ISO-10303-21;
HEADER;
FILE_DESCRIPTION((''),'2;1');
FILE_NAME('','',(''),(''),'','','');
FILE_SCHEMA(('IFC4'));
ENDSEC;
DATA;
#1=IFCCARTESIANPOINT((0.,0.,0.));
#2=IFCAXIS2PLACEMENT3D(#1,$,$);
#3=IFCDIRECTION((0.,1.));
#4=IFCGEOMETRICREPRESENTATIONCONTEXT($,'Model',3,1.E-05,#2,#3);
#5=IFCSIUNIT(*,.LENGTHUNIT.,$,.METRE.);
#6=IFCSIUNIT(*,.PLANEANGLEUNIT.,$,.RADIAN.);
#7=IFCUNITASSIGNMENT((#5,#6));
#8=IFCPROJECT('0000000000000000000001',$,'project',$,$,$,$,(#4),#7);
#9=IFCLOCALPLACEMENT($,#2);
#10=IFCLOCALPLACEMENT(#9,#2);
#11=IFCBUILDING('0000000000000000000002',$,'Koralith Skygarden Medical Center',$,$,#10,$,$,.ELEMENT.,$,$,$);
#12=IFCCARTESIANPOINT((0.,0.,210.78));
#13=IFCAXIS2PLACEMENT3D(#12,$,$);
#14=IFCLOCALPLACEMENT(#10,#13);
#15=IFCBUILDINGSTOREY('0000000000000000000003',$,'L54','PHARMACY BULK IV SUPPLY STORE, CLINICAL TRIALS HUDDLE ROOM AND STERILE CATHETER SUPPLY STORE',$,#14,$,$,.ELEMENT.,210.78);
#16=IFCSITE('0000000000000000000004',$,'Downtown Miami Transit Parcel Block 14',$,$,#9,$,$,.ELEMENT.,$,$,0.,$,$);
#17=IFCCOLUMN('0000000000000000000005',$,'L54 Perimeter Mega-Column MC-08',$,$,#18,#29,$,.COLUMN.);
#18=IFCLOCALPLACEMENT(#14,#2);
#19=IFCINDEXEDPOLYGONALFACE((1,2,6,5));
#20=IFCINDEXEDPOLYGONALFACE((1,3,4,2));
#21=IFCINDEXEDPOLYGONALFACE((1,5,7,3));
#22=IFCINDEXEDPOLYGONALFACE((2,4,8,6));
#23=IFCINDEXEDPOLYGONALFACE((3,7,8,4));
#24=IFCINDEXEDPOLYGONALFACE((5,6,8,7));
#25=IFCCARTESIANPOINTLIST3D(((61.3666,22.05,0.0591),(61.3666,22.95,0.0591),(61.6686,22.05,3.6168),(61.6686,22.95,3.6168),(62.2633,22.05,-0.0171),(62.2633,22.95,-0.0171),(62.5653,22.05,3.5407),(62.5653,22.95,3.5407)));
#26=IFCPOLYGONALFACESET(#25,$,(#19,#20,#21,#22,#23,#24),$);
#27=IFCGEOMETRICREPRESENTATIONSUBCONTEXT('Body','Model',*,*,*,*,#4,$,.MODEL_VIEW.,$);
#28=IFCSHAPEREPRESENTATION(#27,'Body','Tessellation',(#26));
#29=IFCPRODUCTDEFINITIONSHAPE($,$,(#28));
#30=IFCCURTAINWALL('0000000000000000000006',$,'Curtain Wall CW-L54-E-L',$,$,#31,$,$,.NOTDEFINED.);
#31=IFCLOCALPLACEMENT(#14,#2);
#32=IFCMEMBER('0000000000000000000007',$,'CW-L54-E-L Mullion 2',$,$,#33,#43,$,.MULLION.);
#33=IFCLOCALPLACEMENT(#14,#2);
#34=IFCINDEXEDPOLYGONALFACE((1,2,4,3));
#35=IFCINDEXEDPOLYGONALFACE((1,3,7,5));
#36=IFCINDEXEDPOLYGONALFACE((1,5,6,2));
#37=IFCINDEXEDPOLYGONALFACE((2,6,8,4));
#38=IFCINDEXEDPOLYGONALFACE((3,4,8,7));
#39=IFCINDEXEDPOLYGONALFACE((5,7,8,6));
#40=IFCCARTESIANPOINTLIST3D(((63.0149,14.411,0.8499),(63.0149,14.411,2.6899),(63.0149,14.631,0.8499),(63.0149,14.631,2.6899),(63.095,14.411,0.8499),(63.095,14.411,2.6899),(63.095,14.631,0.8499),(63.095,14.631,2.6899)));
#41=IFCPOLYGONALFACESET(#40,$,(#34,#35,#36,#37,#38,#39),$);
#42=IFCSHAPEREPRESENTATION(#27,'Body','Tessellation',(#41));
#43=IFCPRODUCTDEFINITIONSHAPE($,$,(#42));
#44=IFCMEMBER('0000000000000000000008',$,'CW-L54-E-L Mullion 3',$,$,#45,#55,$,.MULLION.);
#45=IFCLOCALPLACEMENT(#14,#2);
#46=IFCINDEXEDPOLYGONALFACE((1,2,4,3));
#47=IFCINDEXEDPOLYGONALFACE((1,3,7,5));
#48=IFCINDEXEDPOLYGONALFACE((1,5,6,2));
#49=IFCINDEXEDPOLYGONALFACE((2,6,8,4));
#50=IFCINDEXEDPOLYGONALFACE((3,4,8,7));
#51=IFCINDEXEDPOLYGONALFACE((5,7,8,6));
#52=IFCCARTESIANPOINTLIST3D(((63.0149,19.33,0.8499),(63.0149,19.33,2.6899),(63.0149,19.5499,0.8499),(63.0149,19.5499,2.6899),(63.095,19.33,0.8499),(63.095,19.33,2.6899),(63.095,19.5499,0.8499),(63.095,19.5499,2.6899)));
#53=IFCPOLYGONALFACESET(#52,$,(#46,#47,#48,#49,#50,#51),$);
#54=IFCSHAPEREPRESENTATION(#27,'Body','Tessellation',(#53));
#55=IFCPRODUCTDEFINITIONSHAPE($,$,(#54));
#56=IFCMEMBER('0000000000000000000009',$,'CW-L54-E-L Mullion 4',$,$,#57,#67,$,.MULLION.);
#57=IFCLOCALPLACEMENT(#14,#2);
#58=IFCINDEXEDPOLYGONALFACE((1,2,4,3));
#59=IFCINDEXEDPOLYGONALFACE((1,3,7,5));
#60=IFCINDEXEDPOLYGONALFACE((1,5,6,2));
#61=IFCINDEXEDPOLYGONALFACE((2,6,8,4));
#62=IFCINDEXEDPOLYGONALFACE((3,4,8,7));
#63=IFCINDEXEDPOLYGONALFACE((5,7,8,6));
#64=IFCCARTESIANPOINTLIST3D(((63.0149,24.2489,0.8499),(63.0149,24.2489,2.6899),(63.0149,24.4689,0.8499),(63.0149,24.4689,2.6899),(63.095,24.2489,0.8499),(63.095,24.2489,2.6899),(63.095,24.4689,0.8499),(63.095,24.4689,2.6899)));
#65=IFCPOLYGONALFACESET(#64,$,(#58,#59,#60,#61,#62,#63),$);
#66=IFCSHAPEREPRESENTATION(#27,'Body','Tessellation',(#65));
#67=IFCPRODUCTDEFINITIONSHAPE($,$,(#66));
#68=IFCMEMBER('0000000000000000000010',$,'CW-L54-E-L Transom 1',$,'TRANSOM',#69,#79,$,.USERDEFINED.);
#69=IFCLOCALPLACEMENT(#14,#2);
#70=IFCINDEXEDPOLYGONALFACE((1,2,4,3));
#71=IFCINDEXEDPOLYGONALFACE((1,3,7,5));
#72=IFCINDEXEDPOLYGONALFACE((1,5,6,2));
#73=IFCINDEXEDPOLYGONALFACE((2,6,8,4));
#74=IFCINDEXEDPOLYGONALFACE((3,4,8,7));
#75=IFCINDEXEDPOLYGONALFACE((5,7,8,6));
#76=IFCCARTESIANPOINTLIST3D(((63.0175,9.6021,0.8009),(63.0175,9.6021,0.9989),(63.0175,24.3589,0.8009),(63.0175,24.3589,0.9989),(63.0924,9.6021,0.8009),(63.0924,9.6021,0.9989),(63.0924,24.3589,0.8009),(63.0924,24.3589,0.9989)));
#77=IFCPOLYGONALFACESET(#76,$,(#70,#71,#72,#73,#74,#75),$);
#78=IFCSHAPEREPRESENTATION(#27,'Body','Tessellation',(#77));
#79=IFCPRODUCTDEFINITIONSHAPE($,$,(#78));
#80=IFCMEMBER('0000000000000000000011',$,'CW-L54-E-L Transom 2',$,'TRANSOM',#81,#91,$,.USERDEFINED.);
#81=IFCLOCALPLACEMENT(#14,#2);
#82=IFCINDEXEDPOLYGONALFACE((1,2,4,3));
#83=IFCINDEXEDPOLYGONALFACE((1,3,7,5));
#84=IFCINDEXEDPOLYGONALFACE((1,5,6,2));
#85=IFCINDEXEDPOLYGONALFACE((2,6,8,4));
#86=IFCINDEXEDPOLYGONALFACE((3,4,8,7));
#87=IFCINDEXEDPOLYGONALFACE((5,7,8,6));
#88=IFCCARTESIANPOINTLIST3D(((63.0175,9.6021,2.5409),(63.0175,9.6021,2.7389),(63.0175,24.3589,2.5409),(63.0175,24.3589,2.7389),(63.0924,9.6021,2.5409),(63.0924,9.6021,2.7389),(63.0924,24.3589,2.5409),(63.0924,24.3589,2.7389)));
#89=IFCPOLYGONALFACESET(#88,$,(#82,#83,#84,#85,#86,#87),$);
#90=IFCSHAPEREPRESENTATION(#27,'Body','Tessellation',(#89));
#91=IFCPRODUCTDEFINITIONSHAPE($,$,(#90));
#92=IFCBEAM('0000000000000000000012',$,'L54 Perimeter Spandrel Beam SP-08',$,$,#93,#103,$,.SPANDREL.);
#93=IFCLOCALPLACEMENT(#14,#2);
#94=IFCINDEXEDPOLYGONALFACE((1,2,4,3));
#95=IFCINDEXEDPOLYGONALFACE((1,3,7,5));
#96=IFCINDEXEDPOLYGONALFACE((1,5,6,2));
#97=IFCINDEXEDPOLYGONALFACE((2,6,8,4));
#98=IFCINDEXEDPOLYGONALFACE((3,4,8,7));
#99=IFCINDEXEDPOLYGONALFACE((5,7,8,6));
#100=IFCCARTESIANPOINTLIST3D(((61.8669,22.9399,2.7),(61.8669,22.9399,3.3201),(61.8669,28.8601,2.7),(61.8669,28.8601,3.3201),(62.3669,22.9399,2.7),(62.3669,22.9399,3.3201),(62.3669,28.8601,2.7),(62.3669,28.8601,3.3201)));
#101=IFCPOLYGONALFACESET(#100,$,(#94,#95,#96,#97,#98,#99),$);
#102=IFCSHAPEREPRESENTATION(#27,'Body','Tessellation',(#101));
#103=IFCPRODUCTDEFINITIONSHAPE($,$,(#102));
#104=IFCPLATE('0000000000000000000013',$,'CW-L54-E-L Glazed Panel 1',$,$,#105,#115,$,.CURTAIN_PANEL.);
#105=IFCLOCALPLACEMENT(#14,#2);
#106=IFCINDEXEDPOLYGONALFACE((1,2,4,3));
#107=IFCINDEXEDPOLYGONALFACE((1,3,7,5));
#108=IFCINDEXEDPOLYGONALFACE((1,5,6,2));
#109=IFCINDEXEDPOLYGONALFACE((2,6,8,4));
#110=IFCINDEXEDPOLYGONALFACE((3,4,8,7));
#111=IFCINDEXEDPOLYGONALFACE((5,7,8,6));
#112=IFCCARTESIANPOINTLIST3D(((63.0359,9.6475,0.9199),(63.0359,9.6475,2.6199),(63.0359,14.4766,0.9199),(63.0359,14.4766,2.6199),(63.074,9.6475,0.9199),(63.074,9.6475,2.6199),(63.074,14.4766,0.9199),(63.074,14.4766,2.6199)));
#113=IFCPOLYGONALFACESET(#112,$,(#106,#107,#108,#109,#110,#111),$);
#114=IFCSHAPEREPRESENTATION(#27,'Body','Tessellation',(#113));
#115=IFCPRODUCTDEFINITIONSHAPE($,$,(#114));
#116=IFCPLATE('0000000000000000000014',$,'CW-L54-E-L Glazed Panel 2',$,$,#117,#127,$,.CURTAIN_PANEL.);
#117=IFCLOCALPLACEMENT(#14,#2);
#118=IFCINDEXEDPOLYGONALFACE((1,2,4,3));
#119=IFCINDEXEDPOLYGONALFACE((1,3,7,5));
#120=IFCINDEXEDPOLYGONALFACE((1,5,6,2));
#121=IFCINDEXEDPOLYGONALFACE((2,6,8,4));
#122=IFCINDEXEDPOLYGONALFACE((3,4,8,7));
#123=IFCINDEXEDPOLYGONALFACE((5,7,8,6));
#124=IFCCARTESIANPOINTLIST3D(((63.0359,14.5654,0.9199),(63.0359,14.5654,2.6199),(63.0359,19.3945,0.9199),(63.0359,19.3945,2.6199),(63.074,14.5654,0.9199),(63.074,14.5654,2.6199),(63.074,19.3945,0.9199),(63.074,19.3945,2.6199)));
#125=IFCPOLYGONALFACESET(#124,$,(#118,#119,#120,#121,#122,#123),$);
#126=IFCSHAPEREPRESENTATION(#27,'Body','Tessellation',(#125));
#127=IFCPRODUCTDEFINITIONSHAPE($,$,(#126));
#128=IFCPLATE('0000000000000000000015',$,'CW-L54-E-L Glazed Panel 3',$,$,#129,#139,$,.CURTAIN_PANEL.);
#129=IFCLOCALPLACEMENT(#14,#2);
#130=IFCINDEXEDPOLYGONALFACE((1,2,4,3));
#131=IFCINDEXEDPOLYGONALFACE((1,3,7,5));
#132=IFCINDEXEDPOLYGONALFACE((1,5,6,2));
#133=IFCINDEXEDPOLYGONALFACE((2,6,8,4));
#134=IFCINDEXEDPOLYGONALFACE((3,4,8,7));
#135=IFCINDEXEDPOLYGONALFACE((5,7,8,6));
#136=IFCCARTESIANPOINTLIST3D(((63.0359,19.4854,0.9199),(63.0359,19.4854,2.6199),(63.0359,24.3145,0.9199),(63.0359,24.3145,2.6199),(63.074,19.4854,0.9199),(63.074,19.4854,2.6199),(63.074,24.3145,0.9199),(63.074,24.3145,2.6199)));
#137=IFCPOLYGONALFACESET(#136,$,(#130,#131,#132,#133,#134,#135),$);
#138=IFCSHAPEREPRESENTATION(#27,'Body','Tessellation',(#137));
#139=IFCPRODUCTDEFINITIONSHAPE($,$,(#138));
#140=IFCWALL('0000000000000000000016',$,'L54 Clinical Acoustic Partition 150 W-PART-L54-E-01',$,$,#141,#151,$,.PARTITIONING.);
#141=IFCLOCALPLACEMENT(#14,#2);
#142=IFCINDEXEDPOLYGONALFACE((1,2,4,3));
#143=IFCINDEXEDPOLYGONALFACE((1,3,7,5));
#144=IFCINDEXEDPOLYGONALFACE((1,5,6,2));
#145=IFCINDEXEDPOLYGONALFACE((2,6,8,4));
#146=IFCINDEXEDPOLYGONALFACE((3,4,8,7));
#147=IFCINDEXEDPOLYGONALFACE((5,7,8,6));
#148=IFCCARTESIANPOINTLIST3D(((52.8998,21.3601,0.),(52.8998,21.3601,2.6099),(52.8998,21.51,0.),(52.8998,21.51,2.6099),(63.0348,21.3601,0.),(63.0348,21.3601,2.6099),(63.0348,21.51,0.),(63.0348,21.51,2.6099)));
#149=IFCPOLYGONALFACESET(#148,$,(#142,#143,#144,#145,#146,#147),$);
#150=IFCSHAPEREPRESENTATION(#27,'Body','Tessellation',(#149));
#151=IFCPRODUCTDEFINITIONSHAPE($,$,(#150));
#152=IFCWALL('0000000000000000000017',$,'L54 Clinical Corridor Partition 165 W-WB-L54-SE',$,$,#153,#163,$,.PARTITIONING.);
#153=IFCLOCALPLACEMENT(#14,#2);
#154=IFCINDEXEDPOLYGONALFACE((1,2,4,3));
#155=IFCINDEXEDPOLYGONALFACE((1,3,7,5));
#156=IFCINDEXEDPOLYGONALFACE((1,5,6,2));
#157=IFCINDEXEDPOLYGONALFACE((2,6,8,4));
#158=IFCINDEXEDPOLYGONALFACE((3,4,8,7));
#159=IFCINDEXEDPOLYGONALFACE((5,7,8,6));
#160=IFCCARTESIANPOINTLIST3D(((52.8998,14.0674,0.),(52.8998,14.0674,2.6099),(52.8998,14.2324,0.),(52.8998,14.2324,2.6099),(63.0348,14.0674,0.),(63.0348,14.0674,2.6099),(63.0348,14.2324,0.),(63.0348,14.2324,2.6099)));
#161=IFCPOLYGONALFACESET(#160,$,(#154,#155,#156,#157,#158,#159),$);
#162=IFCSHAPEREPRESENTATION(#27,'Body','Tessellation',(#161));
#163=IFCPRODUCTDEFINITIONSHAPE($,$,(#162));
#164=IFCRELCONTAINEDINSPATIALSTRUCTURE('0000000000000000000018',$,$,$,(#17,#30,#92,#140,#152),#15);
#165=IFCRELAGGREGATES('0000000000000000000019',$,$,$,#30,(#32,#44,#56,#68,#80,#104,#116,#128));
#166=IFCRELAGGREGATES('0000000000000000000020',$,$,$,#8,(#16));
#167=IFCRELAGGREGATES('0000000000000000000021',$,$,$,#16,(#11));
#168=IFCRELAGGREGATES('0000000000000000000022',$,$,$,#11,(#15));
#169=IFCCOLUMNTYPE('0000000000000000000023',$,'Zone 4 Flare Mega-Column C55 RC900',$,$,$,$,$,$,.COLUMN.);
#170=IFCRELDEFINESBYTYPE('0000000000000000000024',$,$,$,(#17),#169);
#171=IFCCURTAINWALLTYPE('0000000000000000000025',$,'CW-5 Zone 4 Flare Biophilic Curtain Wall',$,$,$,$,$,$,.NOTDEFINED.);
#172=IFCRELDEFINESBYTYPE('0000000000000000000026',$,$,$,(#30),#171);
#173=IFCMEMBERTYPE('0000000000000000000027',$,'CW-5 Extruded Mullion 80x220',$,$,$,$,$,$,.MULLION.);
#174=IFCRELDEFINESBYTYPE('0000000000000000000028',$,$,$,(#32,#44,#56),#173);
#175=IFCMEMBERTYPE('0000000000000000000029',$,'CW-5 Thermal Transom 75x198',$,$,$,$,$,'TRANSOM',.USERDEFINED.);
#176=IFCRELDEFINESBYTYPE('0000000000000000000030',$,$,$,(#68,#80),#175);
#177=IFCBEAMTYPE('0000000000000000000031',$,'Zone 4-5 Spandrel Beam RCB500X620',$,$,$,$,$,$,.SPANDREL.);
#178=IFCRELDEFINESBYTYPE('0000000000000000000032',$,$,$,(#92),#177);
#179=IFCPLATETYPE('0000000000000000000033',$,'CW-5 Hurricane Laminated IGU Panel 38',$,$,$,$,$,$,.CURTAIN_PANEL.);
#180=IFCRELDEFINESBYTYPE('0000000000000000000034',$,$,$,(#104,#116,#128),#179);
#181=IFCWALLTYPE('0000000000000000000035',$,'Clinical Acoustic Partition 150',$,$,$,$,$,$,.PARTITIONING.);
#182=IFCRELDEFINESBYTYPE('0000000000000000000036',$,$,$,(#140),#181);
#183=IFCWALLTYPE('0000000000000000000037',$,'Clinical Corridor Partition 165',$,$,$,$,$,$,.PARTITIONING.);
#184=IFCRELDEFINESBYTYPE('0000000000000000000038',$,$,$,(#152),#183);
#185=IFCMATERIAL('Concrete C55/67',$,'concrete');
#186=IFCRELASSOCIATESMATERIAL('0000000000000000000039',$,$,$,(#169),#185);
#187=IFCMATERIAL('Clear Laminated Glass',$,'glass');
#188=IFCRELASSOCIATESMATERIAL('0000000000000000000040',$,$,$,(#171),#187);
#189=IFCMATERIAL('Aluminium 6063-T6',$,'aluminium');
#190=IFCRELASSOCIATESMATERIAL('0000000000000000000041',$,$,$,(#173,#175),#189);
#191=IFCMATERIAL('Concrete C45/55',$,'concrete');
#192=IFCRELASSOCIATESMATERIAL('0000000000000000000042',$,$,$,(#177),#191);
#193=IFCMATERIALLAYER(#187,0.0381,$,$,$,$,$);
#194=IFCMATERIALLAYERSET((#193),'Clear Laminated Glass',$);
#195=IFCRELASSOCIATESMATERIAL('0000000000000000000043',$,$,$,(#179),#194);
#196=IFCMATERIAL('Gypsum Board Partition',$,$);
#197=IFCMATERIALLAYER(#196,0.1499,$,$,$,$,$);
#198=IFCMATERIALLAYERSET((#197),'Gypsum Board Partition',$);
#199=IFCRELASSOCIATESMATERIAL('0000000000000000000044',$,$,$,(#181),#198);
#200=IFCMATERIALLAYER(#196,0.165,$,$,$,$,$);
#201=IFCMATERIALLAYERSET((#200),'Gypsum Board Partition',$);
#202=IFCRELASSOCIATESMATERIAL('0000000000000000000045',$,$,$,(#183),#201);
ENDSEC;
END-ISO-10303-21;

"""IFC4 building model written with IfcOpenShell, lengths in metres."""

from ifc_helpers import new_model, si_unit, direction, frame, frame_2d, origin, origin_2d, place, context, subcontext, project, spatial, rectangle, extrude, material, layer, layer_set, material_profile, profile_set, type_object, element, aggregate, save


model = new_model("IFC4")

# Units and contexts
model_context = context("Model", 3, precision=1e-05, world=origin(), true_north=direction((0.0, 1.0)))
body_context = subcontext(model_context, "Body", "Model", "MODEL_VIEW")
ifc_project = project(units=[si_unit("LENGTHUNIT", "METRE"), si_unit("PLANEANGLEUNIT", "RADIAN")], contexts=[model_context])

# Site, building, storey
site_placement = place(None, origin())
site = spatial("IfcSite", under=ifc_project, at=site_placement, Name="Downtown Miami Transit Parcel Block 14", CompositionType="ELEMENT", RefElevation=0.0)
building_placement = place(site_placement, origin())
building = spatial("IfcBuilding", under=site, at=building_placement, Name="Koralith Skygarden Medical Center", CompositionType="ELEMENT")
storey_placement = place(building_placement, frame((0.0, 0.0, 210.78)))
storey = spatial("IfcBuildingStorey", under=building, at=storey_placement, Name="L54", Description="PHARMACY BULK IV SUPPLY STORE, CLINICAL TRIALS HUDDLE ROOM AND STERILE CATHETER SUPPLY STORE", CompositionType="ELEMENT", Elevation=210.78)

# Column
ifc_material_1 = material(Name="Concrete C55/67", Category="concrete")
ifc_material_profile_1 = material_profile(ifc_material_1, rectangle(XDim=0.8999, YDim=0.8999, at=origin_2d()), Name="RC900X900")
ifc_profile_set_1 = profile_set([ifc_material_profile_1], Name="Concrete C55/67")
column_type = type_object("IfcColumnType", Name="Zone 4 Flare Mega-Column C55 RC900", PredefinedType="COLUMN", material=ifc_profile_set_1)
column_placement = place(storey_placement, frame((61.8149, 22.5, 0.021), z_axis=(0.084579, 0.0, 0.996417), x_axis=(0.0, 1.0, 0.0)))
element("IfcColumn", 1, at=column_placement, inside=storey, type_object=column_type, Name="L54 Perimeter Mega-Column MC-08", PredefinedType="COLUMN", context=body_context, shape_type="SweptSolid", body=[
    extrude(rectangle(XDim=0.8999, YDim=0.8999, at=origin_2d()), origin(), (0.0, 0.0, 1.0), 3.5706),
])

# Curtain wall, members
ifc_material_2 = material(Name="Clear Laminated Glass", Category="glass")
curtain_wall_type = type_object("IfcCurtainWallType", Name="CW-5 Zone 4 Flare Biophilic Curtain Wall", PredefinedType="NOTDEFINED", material=ifc_material_2)
curtain_wall_placement = place(storey_placement, origin())
curtain_wall = element("IfcCurtainWall", 2, at=curtain_wall_placement, inside=storey, type_object=curtain_wall_type, Name="Curtain Wall CW-L54-E-L", PredefinedType="NOTDEFINED")
ifc_material_3 = material(Name="Aluminium 6063-T6", Category="aluminium")
ifc_material_profile_2 = material_profile(ifc_material_3, rectangle(XDim=0.0801, YDim=0.22, at=origin_2d()), Name="MUL80X220")
ifc_profile_set_2 = profile_set([ifc_material_profile_2], Name="Aluminium 6063-T6")
member_type_1 = type_object("IfcMemberType", Name="CW-5 Extruded Mullion 80x220", PredefinedType="MULLION", material=ifc_profile_set_2)
member_1_placement = place(storey_placement, frame((63.0549, 14.521, 0.8499), z_axis=(0.0, 0.0, 1.0), x_axis=(1.0, 0.0, 0.0)))
member_1 = element("IfcMember", 3, at=member_1_placement, type_object=member_type_1, Name="CW-L54-E-L Mullion 2", PredefinedType="MULLION", context=body_context, shape_type="SweptSolid", body=[
    extrude(rectangle(XDim=0.0801, YDim=0.22, at=origin_2d()), origin(), (0.0, 0.0, 1.0), 1.8401),
])
member_2_placement = place(storey_placement, frame((63.0549, 19.4399, 0.8499), z_axis=(0.0, 0.0, 1.0), x_axis=(1.0, 0.0, 0.0)))
member_2 = element("IfcMember", 4, at=member_2_placement, type_object=member_type_1, Name="CW-L54-E-L Mullion 3", PredefinedType="MULLION", context=body_context, shape_type="SweptSolid", body=[
    extrude(rectangle(XDim=0.0801, YDim=0.22, at=origin_2d()), origin(), (0.0, 0.0, 1.0), 1.8401),
])
member_3_placement = place(storey_placement, frame((63.0549, 24.3589, 0.8499), z_axis=(0.0, 0.0, 1.0), x_axis=(1.0, 0.0, 0.0)))
member_3 = element("IfcMember", 5, at=member_3_placement, type_object=member_type_1, Name="CW-L54-E-L Mullion 4", PredefinedType="MULLION", context=body_context, shape_type="SweptSolid", body=[
    extrude(rectangle(XDim=0.0801, YDim=0.22, at=origin_2d()), origin(), (0.0, 0.0, 1.0), 1.8401),
])
ifc_material_profile_3 = material_profile(ifc_material_3, rectangle(XDim=0.075, YDim=0.198, at=origin_2d()), Name="TRN75X198")
ifc_profile_set_3 = profile_set([ifc_material_profile_3], Name="Aluminium 6063-T6")
member_type_2 = type_object("IfcMemberType", Name="CW-5 Thermal Transom 75x198", ElementType="TRANSOM", PredefinedType="USERDEFINED", material=ifc_profile_set_3)
member_4_placement = place(storey_placement, frame((63.0549, 9.6021, 0.8999), z_axis=(0.0, 1.0, 0.0), x_axis=(-1.0, 0.0, 0.0)))
member_4 = element("IfcMember", 6, at=member_4_placement, type_object=member_type_2, Name="CW-L54-E-L Transom 1", ObjectType="TRANSOM", PredefinedType="USERDEFINED", context=body_context, shape_type="SweptSolid", body=[
    extrude(rectangle(XDim=0.075, YDim=0.198, at=origin_2d()), origin(), (0.0, 0.0, 1.0), 14.7568),
])
member_5_placement = place(storey_placement, frame((63.0549, 9.6021, 2.6399), z_axis=(0.0, 1.0, 0.0), x_axis=(-1.0, 0.0, 0.0)))
member_5 = element("IfcMember", 7, at=member_5_placement, type_object=member_type_2, Name="CW-L54-E-L Transom 2", ObjectType="TRANSOM", PredefinedType="USERDEFINED", context=body_context, shape_type="SweptSolid", body=[
    extrude(rectangle(XDim=0.075, YDim=0.198, at=origin_2d()), origin(), (0.0, 0.0, 1.0), 14.7568),
])

# Beam
ifc_material_4 = material(Name="Concrete C45/55", Category="concrete")
ifc_material_profile_4 = material_profile(ifc_material_4, rectangle(XDim=0.5, YDim=0.6201, at=origin_2d()), Name="RCB500X620")
ifc_profile_set_4 = profile_set([ifc_material_profile_4], Name="Concrete C45/55")
beam_type = type_object("IfcBeamType", Name="Zone 4-5 Spandrel Beam RCB500X620", PredefinedType="SPANDREL", material=ifc_profile_set_4)
beam_placement = place(storey_placement, frame((62.1169, 22.9399, 3.01), z_axis=(0.0, 1.0, 0.0), x_axis=(-1.0, 0.0, 0.0)))
element("IfcBeam", 8, at=beam_placement, inside=storey, type_object=beam_type, Name="L54 Perimeter Spandrel Beam SP-08", PredefinedType="SPANDREL", context=body_context, shape_type="SweptSolid", body=[
    extrude(rectangle(XDim=0.5, YDim=0.6201, at=origin_2d()), origin(), (0.0, 0.0, 1.0), 5.9202),
])

# Plates
ifc_layer_1 = layer(ifc_material_2, 0.0381)
ifc_layer_set_1 = layer_set([ifc_layer_1], Name="Clear Laminated Glass")
plate_type = type_object("IfcPlateType", Name="CW-5 Hurricane Laminated IGU Panel 38", PredefinedType="CURTAIN_PANEL", material=ifc_layer_set_1)
plate_1_placement = place(storey_placement, frame((63.0549, 12.062, 0.9199), z_axis=(0.0, 0.0, 1.0), x_axis=(0.0, 1.0, 0.0)))
plate_1 = element("IfcPlate", 9, at=plate_1_placement, type_object=plate_type, Name="CW-L54-E-L Glazed Panel 1", PredefinedType="CURTAIN_PANEL", context=body_context, shape_type="SweptSolid", body=[
    extrude(rectangle(XDim=4.8291, YDim=0.0381, at=origin_2d()), origin(), (0.0, 0.0, 1.0), 1.7),
])
plate_2_placement = place(storey_placement, frame((63.0549, 16.98, 0.9199), z_axis=(0.0, 0.0, 1.0), x_axis=(0.0, 1.0, 0.0)))
plate_2 = element("IfcPlate", 10, at=plate_2_placement, type_object=plate_type, Name="CW-L54-E-L Glazed Panel 2", PredefinedType="CURTAIN_PANEL", context=body_context, shape_type="SweptSolid", body=[
    extrude(rectangle(XDim=4.8291, YDim=0.0381, at=origin_2d()), origin(), (0.0, 0.0, 1.0), 1.7),
])
plate_3_placement = place(storey_placement, frame((63.0549, 21.8999, 0.9199), z_axis=(0.0, 0.0, 1.0), x_axis=(0.0, 1.0, 0.0)))
plate_3 = element("IfcPlate", 11, at=plate_3_placement, type_object=plate_type, Name="CW-L54-E-L Glazed Panel 3", PredefinedType="CURTAIN_PANEL", context=body_context, shape_type="SweptSolid", body=[
    extrude(rectangle(XDim=4.8291, YDim=0.0381, at=origin_2d()), origin(), (0.0, 0.0, 1.0), 1.7),
])
aggregate(curtain_wall, [member_1, member_2, member_3, member_4, member_5, plate_1, plate_2, plate_3])

# Walls
ifc_material_5 = material(Name="Gypsum Board Partition")
ifc_layer_2 = layer(ifc_material_5, 0.1499)
ifc_layer_set_2 = layer_set([ifc_layer_2], Name="Gypsum Board Partition")
wall_type_1 = type_object("IfcWallType", Name="Clinical Acoustic Partition 150", PredefinedType="PARTITIONING", material=ifc_layer_set_2)
wall_1_placement = place(storey_placement, frame((52.8999, 21.4351, 0.0), z_axis=(0.0, 0.0, 1.0), x_axis=(1.0, 0.0, 0.0)))
element("IfcWall", 12, at=wall_1_placement, inside=storey, type_object=wall_type_1, Name="L54 Clinical Acoustic Partition 150 W-PART-L54-E-01", PredefinedType="PARTITIONING", context=body_context, shape_type="SweptSolid", body=[
    extrude(rectangle(XDim=10.135, YDim=0.1499, at=frame_2d((5.0674, 0.0))), origin(), (0.0, 0.0, 1.0), 2.6099),
])
ifc_layer_3 = layer(ifc_material_5, 0.165)
ifc_layer_set_3 = layer_set([ifc_layer_3], Name="Gypsum Board Partition")
wall_type_2 = type_object("IfcWallType", Name="Clinical Corridor Partition 165", PredefinedType="PARTITIONING", material=ifc_layer_set_3)
wall_2_placement = place(storey_placement, frame((52.8999, 14.1499, 0.0), z_axis=(0.0, 0.0, 1.0), x_axis=(1.0, 0.0, 0.0)))
element("IfcWall", 13, at=wall_2_placement, inside=storey, type_object=wall_type_2, Name="L54 Clinical Corridor Partition 165 W-WB-L54-SE", PredefinedType="PARTITIONING", context=body_context, shape_type="SweptSolid", body=[
    extrude(rectangle(XDim=10.135, YDim=0.165, at=frame_2d((5.0674, 0.0))), origin(), (0.0, 0.0, 1.0), 2.6099),
])

save(model, "model.ifc")
